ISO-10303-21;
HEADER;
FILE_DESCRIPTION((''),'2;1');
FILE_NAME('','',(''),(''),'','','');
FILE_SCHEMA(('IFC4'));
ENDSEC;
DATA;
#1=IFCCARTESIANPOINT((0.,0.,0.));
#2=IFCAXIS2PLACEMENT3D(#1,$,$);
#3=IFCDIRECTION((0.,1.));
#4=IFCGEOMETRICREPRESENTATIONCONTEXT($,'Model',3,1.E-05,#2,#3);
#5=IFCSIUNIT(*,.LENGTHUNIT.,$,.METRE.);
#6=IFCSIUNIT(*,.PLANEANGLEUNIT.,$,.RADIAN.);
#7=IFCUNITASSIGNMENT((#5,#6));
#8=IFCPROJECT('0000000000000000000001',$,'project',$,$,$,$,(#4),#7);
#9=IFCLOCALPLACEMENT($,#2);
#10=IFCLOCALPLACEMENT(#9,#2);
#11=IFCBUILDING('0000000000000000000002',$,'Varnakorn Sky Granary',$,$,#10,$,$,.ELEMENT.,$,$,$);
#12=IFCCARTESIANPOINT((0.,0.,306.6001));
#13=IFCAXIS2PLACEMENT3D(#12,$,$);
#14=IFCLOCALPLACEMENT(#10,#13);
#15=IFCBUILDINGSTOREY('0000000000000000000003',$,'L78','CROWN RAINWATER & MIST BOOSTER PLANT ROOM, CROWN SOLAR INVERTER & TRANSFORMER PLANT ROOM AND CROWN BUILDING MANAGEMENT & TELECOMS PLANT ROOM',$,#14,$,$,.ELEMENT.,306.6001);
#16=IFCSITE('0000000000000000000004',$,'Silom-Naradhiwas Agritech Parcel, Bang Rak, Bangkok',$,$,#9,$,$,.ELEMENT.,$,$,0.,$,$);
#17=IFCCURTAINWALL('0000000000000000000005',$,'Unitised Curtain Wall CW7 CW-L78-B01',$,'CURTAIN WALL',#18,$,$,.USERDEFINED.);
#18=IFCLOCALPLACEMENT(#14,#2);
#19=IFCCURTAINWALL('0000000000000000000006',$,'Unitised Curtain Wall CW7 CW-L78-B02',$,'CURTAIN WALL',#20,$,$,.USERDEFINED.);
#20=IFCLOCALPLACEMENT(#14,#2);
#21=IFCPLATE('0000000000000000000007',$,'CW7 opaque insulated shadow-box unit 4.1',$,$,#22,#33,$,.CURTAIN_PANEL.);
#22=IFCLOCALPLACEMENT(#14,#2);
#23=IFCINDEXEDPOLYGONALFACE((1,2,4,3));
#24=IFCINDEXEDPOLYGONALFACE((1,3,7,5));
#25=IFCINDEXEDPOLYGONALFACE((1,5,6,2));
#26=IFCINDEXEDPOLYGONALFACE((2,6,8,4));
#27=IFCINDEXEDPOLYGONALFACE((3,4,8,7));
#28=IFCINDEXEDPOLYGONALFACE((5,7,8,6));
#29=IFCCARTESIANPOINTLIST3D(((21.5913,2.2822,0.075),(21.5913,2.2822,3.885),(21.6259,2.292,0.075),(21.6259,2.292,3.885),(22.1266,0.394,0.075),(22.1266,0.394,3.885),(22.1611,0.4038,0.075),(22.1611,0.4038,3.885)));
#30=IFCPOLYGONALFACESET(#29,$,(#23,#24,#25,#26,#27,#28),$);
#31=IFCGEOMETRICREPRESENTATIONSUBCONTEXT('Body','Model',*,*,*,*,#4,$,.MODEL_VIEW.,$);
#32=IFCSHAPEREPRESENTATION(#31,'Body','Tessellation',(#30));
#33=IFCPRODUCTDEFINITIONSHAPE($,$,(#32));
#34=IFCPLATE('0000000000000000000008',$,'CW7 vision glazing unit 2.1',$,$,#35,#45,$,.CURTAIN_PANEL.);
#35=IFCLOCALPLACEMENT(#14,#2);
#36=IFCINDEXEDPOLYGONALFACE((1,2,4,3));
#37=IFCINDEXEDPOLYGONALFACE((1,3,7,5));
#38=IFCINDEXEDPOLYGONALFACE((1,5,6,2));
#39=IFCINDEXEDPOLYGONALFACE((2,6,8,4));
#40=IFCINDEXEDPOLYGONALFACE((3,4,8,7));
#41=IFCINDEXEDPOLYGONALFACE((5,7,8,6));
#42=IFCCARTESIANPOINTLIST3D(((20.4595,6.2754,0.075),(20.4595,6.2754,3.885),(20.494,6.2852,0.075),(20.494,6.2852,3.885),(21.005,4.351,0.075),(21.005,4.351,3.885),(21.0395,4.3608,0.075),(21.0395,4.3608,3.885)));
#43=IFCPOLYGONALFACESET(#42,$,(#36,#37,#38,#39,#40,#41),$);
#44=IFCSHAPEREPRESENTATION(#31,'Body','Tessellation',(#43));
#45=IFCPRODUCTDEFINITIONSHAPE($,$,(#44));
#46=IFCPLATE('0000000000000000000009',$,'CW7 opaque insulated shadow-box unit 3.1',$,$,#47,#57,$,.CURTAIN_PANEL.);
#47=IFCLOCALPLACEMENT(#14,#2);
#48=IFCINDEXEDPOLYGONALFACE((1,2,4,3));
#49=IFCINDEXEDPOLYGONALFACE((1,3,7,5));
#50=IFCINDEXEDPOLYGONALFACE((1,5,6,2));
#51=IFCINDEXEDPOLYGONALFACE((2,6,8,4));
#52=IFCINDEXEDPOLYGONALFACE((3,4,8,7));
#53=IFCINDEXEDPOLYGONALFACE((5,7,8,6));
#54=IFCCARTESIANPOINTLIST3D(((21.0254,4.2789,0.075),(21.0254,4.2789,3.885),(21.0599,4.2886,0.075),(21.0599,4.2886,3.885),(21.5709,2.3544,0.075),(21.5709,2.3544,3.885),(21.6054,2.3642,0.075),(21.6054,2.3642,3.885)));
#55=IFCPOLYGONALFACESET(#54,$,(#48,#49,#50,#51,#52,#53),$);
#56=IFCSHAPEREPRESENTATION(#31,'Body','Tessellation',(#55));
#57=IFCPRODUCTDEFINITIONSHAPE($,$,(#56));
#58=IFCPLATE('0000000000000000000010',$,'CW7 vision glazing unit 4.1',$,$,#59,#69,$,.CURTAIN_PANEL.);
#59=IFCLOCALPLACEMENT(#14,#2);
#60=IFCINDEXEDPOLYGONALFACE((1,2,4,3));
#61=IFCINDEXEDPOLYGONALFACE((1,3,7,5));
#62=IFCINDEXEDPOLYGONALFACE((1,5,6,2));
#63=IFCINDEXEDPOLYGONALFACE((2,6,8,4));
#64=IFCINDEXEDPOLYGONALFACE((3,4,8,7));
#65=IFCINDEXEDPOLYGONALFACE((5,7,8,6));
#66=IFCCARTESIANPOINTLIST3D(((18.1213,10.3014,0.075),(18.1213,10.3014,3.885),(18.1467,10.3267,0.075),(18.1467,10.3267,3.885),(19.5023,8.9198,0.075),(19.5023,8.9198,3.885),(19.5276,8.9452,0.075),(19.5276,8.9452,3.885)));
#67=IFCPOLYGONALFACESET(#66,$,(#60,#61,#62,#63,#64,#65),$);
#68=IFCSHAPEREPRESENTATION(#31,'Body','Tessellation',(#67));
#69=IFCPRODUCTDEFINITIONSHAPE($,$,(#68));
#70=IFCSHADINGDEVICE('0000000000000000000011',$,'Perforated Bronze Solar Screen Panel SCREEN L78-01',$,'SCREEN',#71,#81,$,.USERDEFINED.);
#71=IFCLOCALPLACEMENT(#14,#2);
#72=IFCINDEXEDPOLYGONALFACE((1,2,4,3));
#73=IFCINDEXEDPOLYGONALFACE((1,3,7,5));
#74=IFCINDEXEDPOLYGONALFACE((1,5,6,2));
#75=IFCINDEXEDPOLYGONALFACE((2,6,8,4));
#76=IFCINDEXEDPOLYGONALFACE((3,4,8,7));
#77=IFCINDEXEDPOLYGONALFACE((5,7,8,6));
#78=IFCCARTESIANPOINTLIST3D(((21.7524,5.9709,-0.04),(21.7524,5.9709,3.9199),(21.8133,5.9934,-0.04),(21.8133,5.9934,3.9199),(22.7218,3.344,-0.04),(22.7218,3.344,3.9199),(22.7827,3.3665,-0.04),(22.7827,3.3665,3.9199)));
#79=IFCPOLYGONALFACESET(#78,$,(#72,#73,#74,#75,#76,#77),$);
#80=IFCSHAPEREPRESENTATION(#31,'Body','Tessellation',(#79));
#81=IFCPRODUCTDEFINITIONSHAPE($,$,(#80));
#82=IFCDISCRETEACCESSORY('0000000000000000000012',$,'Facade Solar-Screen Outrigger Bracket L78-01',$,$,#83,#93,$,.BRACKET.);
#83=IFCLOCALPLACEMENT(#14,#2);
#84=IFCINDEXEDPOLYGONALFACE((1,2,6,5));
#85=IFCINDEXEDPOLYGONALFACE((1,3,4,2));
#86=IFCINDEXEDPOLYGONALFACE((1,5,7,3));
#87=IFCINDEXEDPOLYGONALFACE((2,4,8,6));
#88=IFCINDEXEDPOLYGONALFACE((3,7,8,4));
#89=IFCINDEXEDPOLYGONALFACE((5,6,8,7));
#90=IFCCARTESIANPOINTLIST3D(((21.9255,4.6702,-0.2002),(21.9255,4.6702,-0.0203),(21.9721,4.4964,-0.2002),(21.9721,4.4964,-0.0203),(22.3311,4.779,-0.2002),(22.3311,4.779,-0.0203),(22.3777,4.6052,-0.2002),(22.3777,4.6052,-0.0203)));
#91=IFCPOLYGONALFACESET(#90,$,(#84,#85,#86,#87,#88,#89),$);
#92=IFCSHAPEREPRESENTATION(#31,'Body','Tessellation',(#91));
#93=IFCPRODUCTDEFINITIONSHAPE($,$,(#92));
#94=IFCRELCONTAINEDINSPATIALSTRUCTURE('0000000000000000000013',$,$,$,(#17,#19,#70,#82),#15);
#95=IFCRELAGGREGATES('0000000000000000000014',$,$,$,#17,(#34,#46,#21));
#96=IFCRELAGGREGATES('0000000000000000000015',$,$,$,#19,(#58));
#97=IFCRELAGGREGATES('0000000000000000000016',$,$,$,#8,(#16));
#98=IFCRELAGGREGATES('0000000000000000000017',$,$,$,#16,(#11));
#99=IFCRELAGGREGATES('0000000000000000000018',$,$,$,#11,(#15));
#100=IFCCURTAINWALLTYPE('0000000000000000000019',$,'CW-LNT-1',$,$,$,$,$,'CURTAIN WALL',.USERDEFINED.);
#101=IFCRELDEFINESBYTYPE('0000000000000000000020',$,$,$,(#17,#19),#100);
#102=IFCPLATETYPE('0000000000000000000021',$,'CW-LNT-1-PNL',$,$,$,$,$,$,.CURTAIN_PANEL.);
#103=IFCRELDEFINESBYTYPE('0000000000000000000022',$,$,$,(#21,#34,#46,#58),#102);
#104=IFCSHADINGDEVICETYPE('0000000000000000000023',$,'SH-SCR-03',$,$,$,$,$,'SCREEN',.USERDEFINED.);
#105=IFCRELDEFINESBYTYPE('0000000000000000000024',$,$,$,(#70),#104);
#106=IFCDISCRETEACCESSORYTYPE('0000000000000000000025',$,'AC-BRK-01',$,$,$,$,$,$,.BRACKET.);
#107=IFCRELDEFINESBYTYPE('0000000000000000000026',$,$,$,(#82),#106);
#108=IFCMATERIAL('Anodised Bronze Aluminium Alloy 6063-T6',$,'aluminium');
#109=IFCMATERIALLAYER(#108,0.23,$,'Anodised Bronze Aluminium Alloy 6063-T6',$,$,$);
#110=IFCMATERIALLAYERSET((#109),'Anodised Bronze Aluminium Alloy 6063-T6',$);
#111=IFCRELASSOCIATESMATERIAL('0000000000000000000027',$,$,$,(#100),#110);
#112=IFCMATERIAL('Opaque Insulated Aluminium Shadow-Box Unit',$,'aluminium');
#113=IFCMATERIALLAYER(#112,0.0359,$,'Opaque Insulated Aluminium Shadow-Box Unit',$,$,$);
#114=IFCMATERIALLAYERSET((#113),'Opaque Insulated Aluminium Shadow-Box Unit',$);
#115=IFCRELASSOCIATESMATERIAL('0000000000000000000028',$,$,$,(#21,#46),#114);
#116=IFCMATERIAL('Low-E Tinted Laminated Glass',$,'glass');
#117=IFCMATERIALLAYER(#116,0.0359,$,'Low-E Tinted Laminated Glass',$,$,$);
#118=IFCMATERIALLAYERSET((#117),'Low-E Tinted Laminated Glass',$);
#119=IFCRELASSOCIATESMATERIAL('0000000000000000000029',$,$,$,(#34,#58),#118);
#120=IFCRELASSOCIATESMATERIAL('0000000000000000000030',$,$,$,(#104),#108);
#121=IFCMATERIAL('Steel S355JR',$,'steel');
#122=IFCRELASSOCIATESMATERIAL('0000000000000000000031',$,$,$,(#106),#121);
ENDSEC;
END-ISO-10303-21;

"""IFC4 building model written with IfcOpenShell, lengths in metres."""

from ifc_helpers import new_model, si_unit, direction, frame, origin, origin_2d, place, context, subcontext, project, spatial, rectangle, extrude, source, transform, mapped, material, layer, layer_set, type_object, type_shapes, element, aggregate, save


model = new_model("IFC4")

# Units and contexts
model_context = context("Model", 3, precision=1e-05, world=origin(), true_north=direction((0.0, 1.0)))
body_context = subcontext(model_context, "Body", "Model", "MODEL_VIEW")
ifc_project = project(units=[si_unit("LENGTHUNIT", "METRE"), si_unit("PLANEANGLEUNIT", "RADIAN")], contexts=[model_context])

# Site, building, storey
site_placement = place(None, origin())
site = spatial("IfcSite", under=ifc_project, at=site_placement, Name="Silom-Naradhiwas Agritech Parcel, Bang Rak, Bangkok", CompositionType="ELEMENT", RefElevation=0.0)
building_placement = place(site_placement, origin())
building = spatial("IfcBuilding", under=site, at=building_placement, Name="Varnakorn Sky Granary", CompositionType="ELEMENT")
storey_placement = place(building_placement, frame((0.0, 0.0, 306.6001)))
storey = spatial("IfcBuildingStorey", under=building, at=storey_placement, Name="L78", Description="CROWN RAINWATER & MIST BOOSTER PLANT ROOM, CROWN SOLAR INVERTER & TRANSFORMER PLANT ROOM AND CROWN BUILDING MANAGEMENT & TELECOMS PLANT ROOM", CompositionType="ELEMENT", Elevation=306.6001)

# Shared definitions
ifc_material_1 = material(Name="Steel S355JR", Category="steel")

# Curtain wall
ifc_material_2 = material(Name="Anodised Bronze Aluminium Alloy 6063-T6", Category="aluminium")
ifc_layer_1 = layer(ifc_material_2, 0.23, Name="Anodised Bronze Aluminium Alloy 6063-T6")
ifc_layer_set_1 = layer_set([ifc_layer_1], Name="Anodised Bronze Aluminium Alloy 6063-T6")
curtain_wall_type = type_object("IfcCurtainWallType", Name="CW-LNT-1", ElementType="CURTAIN WALL", PredefinedType="USERDEFINED", material=ifc_layer_set_1)
curtain_wall_1_placement = place(storey_placement, origin())
curtain_wall_1 = element("IfcCurtainWall", 1, at=curtain_wall_1_placement, inside=storey, type_object=curtain_wall_type, Name="Unitised Curtain Wall CW7 CW-L78-B01", ObjectType="CURTAIN WALL", PredefinedType="USERDEFINED")

# Curtain wall
curtain_wall_2_placement = place(storey_placement, origin())
curtain_wall_2 = element("IfcCurtainWall", 2, at=curtain_wall_2_placement, inside=storey, type_object=curtain_wall_type, Name="Unitised Curtain Wall CW7 CW-L78-B02", ObjectType="CURTAIN WALL", PredefinedType="USERDEFINED")

# Plates
ifc_material_3 = material(Name="Low-E Tinted Laminated Glass", Category="glass")
ifc_layer_2 = layer(ifc_material_3, 0.0359, Name="Low-E Tinted Laminated Glass")
ifc_layer_set_2 = layer_set([ifc_layer_2], Name="Low-E Tinted Laminated Glass")
plate_type = type_object("IfcPlateType", Name="CW-LNT-1-PNL", PredefinedType="CURTAIN_PANEL")
shared_shape_1 = source(origin(), body_context, "Body", "SweptSolid", [
    extrude(rectangle(XDim=1.9626, YDim=0.0359, at=origin_2d()), origin(), (0.0, 0.0, 1.0), 3.8101),
])
ifc_material_4 = material(Name="Opaque Insulated Aluminium Shadow-Box Unit", Category="aluminium")
ifc_layer_3 = layer(ifc_material_4, 0.0359, Name="Opaque Insulated Aluminium Shadow-Box Unit")
ifc_layer_set_3 = layer_set([ifc_layer_3], Name="Opaque Insulated Aluminium Shadow-Box Unit")
plate_1_placement = place(storey_placement, frame((21.8762, 1.343, 0.075), z_axis=(0.0, 0.0, 1.0), x_axis=(0.272716, -0.962095, 0.0)))
plate_1 = element("IfcPlate", 3, at=plate_1_placement, type_object=plate_type, material=ifc_layer_set_3, Name="CW7 opaque insulated shadow-box unit 4.1", PredefinedType="CURTAIN_PANEL", context=body_context, shape_type="MappedRepresentation", body=[
    mapped(shared_shape_1, transform((0.0, 0.0, 0.0), x_axis=(1.0, 0.0, 0.0), y_axis=(0.0, 1.0, 0.0), z_axis=(0.0, 0.0, 1.0), scale=1.0)),
])
shared_shape_2 = source(origin(), body_context, "Body", "SweptSolid", [
    extrude(rectangle(XDim=2.0002, YDim=0.0359, at=origin_2d()), origin(), (0.0, 0.0, 1.0), 3.8101),
])
plate_2_placement = place(storey_placement, frame((20.7495, 5.3181, 0.075), z_axis=(0.0, 0.0, 1.0), x_axis=(0.272716, -0.962095, 0.0)))
plate_2 = element("IfcPlate", 4, at=plate_2_placement, type_object=plate_type, material=ifc_layer_set_2, Name="CW7 vision glazing unit 2.1", PredefinedType="CURTAIN_PANEL", context=body_context, shape_type="MappedRepresentation", body=[
    mapped(shared_shape_2, transform((0.0, 0.0, 0.0), x_axis=(1.0, 0.0, 0.0), y_axis=(0.0, 1.0, 0.0), z_axis=(0.0, 0.0, 1.0), scale=1.0)),
])
plate_3_placement = place(storey_placement, frame((21.3154, 3.3215, 0.075), z_axis=(0.0, 0.0, 1.0), x_axis=(0.272716, -0.962095, 0.0)))
plate_3 = element("IfcPlate", 5, at=plate_3_placement, type_object=plate_type, material=ifc_layer_set_3, Name="CW7 opaque insulated shadow-box unit 3.1", PredefinedType="CURTAIN_PANEL", context=body_context, shape_type="MappedRepresentation", body=[
    mapped(shared_shape_2, transform((0.0, 0.0, 0.0), x_axis=(1.0, 0.0, 0.0), y_axis=(0.0, 1.0, 0.0), z_axis=(0.0, 0.0, 1.0), scale=1.0)),
])
aggregate(curtain_wall_1, [plate_2, plate_3, plate_1])
shared_shape_3 = source(origin(), body_context, "Body", "SweptSolid", [
    extrude(rectangle(XDim=1.9534, YDim=0.0359, at=origin_2d()), origin(), (0.0, 0.0, 1.0), 3.8101),
])
type_shapes(plate_type, [shared_shape_1, shared_shape_2, shared_shape_3])
plate_4_placement = place(storey_placement, frame((18.8245, 9.6233, 0.075), z_axis=(0.0, 0.0, 1.0), x_axis=(0.706962, -0.707252, 0.0)))
plate_4 = element("IfcPlate", 6, at=plate_4_placement, type_object=plate_type, material=ifc_layer_set_2, Name="CW7 vision glazing unit 4.1", PredefinedType="CURTAIN_PANEL", context=body_context, shape_type="MappedRepresentation", body=[
    mapped(shared_shape_3, transform((0.0, 0.0, 0.0), x_axis=(1.0, 0.0, 0.0), y_axis=(0.0, 1.0, 0.0), z_axis=(0.0, 0.0, 1.0), scale=1.0)),
])
aggregate(curtain_wall_2, [plate_4])

# Shading device
shading_device_type = type_object("IfcShadingDeviceType", Name="SH-SCR-03", ElementType="SCREEN", PredefinedType="USERDEFINED", material=ifc_material_2)
shared_shape_4 = source(origin(), body_context, "Body", "SweptSolid", [
    extrude(rectangle(XDim=2.8, YDim=0.0649, at=origin_2d()), origin(), (0.0, 0.0, 1.0), 3.96),
])
type_shapes(shading_device_type, [shared_shape_4])
shading_device_placement = place(storey_placement, frame((22.2676, 4.6687, -0.04), z_axis=(0.0, 0.0, 1.0), x_axis=(-0.346208, 0.938158, 0.0)))
element("IfcShadingDevice", 7, at=shading_device_placement, inside=storey, type_object=shading_device_type, Name="Perforated Bronze Solar Screen Panel SCREEN L78-01", ObjectType="SCREEN", PredefinedType="USERDEFINED", context=body_context, shape_type="MappedRepresentation", body=[
    mapped(shared_shape_4, transform((0.0, 0.0, 0.0), x_axis=(1.0, 0.0, 0.0), y_axis=(0.0, 1.0, 0.0), z_axis=(0.0, 0.0, 1.0), scale=1.0)),
])

# Discrete accessory
discrete_accessory_type = type_object("IfcDiscreteAccessoryType", Name="AC-BRK-01", PredefinedType="BRACKET", material=ifc_material_1)
shared_shape_5 = source(origin(), body_context, "Body", "SweptSolid", [
    extrude(rectangle(XDim=0.1799, YDim=0.4199, at=origin_2d()), origin(), (0.0, 0.0, 1.0), 0.1799),
])
type_shapes(discrete_accessory_type, [shared_shape_5])
discrete_accessory_placement = place(storey_placement, frame((22.1516, 4.6377, -0.2002), z_axis=(0.0, 0.0, 1.0), x_axis=(-0.258912, 0.965901, 0.0)))
element("IfcDiscreteAccessory", 8, at=discrete_accessory_placement, inside=storey, type_object=discrete_accessory_type, Name="Facade Solar-Screen Outrigger Bracket L78-01", PredefinedType="BRACKET", context=body_context, shape_type="MappedRepresentation", body=[
    mapped(shared_shape_5, transform((0.0, 0.0, 0.0), x_axis=(1.0, 0.0, 0.0), y_axis=(0.0, 1.0, 0.0), z_axis=(0.0, 0.0, 1.0), scale=1.0)),
])

save(model, "model.ifc")
